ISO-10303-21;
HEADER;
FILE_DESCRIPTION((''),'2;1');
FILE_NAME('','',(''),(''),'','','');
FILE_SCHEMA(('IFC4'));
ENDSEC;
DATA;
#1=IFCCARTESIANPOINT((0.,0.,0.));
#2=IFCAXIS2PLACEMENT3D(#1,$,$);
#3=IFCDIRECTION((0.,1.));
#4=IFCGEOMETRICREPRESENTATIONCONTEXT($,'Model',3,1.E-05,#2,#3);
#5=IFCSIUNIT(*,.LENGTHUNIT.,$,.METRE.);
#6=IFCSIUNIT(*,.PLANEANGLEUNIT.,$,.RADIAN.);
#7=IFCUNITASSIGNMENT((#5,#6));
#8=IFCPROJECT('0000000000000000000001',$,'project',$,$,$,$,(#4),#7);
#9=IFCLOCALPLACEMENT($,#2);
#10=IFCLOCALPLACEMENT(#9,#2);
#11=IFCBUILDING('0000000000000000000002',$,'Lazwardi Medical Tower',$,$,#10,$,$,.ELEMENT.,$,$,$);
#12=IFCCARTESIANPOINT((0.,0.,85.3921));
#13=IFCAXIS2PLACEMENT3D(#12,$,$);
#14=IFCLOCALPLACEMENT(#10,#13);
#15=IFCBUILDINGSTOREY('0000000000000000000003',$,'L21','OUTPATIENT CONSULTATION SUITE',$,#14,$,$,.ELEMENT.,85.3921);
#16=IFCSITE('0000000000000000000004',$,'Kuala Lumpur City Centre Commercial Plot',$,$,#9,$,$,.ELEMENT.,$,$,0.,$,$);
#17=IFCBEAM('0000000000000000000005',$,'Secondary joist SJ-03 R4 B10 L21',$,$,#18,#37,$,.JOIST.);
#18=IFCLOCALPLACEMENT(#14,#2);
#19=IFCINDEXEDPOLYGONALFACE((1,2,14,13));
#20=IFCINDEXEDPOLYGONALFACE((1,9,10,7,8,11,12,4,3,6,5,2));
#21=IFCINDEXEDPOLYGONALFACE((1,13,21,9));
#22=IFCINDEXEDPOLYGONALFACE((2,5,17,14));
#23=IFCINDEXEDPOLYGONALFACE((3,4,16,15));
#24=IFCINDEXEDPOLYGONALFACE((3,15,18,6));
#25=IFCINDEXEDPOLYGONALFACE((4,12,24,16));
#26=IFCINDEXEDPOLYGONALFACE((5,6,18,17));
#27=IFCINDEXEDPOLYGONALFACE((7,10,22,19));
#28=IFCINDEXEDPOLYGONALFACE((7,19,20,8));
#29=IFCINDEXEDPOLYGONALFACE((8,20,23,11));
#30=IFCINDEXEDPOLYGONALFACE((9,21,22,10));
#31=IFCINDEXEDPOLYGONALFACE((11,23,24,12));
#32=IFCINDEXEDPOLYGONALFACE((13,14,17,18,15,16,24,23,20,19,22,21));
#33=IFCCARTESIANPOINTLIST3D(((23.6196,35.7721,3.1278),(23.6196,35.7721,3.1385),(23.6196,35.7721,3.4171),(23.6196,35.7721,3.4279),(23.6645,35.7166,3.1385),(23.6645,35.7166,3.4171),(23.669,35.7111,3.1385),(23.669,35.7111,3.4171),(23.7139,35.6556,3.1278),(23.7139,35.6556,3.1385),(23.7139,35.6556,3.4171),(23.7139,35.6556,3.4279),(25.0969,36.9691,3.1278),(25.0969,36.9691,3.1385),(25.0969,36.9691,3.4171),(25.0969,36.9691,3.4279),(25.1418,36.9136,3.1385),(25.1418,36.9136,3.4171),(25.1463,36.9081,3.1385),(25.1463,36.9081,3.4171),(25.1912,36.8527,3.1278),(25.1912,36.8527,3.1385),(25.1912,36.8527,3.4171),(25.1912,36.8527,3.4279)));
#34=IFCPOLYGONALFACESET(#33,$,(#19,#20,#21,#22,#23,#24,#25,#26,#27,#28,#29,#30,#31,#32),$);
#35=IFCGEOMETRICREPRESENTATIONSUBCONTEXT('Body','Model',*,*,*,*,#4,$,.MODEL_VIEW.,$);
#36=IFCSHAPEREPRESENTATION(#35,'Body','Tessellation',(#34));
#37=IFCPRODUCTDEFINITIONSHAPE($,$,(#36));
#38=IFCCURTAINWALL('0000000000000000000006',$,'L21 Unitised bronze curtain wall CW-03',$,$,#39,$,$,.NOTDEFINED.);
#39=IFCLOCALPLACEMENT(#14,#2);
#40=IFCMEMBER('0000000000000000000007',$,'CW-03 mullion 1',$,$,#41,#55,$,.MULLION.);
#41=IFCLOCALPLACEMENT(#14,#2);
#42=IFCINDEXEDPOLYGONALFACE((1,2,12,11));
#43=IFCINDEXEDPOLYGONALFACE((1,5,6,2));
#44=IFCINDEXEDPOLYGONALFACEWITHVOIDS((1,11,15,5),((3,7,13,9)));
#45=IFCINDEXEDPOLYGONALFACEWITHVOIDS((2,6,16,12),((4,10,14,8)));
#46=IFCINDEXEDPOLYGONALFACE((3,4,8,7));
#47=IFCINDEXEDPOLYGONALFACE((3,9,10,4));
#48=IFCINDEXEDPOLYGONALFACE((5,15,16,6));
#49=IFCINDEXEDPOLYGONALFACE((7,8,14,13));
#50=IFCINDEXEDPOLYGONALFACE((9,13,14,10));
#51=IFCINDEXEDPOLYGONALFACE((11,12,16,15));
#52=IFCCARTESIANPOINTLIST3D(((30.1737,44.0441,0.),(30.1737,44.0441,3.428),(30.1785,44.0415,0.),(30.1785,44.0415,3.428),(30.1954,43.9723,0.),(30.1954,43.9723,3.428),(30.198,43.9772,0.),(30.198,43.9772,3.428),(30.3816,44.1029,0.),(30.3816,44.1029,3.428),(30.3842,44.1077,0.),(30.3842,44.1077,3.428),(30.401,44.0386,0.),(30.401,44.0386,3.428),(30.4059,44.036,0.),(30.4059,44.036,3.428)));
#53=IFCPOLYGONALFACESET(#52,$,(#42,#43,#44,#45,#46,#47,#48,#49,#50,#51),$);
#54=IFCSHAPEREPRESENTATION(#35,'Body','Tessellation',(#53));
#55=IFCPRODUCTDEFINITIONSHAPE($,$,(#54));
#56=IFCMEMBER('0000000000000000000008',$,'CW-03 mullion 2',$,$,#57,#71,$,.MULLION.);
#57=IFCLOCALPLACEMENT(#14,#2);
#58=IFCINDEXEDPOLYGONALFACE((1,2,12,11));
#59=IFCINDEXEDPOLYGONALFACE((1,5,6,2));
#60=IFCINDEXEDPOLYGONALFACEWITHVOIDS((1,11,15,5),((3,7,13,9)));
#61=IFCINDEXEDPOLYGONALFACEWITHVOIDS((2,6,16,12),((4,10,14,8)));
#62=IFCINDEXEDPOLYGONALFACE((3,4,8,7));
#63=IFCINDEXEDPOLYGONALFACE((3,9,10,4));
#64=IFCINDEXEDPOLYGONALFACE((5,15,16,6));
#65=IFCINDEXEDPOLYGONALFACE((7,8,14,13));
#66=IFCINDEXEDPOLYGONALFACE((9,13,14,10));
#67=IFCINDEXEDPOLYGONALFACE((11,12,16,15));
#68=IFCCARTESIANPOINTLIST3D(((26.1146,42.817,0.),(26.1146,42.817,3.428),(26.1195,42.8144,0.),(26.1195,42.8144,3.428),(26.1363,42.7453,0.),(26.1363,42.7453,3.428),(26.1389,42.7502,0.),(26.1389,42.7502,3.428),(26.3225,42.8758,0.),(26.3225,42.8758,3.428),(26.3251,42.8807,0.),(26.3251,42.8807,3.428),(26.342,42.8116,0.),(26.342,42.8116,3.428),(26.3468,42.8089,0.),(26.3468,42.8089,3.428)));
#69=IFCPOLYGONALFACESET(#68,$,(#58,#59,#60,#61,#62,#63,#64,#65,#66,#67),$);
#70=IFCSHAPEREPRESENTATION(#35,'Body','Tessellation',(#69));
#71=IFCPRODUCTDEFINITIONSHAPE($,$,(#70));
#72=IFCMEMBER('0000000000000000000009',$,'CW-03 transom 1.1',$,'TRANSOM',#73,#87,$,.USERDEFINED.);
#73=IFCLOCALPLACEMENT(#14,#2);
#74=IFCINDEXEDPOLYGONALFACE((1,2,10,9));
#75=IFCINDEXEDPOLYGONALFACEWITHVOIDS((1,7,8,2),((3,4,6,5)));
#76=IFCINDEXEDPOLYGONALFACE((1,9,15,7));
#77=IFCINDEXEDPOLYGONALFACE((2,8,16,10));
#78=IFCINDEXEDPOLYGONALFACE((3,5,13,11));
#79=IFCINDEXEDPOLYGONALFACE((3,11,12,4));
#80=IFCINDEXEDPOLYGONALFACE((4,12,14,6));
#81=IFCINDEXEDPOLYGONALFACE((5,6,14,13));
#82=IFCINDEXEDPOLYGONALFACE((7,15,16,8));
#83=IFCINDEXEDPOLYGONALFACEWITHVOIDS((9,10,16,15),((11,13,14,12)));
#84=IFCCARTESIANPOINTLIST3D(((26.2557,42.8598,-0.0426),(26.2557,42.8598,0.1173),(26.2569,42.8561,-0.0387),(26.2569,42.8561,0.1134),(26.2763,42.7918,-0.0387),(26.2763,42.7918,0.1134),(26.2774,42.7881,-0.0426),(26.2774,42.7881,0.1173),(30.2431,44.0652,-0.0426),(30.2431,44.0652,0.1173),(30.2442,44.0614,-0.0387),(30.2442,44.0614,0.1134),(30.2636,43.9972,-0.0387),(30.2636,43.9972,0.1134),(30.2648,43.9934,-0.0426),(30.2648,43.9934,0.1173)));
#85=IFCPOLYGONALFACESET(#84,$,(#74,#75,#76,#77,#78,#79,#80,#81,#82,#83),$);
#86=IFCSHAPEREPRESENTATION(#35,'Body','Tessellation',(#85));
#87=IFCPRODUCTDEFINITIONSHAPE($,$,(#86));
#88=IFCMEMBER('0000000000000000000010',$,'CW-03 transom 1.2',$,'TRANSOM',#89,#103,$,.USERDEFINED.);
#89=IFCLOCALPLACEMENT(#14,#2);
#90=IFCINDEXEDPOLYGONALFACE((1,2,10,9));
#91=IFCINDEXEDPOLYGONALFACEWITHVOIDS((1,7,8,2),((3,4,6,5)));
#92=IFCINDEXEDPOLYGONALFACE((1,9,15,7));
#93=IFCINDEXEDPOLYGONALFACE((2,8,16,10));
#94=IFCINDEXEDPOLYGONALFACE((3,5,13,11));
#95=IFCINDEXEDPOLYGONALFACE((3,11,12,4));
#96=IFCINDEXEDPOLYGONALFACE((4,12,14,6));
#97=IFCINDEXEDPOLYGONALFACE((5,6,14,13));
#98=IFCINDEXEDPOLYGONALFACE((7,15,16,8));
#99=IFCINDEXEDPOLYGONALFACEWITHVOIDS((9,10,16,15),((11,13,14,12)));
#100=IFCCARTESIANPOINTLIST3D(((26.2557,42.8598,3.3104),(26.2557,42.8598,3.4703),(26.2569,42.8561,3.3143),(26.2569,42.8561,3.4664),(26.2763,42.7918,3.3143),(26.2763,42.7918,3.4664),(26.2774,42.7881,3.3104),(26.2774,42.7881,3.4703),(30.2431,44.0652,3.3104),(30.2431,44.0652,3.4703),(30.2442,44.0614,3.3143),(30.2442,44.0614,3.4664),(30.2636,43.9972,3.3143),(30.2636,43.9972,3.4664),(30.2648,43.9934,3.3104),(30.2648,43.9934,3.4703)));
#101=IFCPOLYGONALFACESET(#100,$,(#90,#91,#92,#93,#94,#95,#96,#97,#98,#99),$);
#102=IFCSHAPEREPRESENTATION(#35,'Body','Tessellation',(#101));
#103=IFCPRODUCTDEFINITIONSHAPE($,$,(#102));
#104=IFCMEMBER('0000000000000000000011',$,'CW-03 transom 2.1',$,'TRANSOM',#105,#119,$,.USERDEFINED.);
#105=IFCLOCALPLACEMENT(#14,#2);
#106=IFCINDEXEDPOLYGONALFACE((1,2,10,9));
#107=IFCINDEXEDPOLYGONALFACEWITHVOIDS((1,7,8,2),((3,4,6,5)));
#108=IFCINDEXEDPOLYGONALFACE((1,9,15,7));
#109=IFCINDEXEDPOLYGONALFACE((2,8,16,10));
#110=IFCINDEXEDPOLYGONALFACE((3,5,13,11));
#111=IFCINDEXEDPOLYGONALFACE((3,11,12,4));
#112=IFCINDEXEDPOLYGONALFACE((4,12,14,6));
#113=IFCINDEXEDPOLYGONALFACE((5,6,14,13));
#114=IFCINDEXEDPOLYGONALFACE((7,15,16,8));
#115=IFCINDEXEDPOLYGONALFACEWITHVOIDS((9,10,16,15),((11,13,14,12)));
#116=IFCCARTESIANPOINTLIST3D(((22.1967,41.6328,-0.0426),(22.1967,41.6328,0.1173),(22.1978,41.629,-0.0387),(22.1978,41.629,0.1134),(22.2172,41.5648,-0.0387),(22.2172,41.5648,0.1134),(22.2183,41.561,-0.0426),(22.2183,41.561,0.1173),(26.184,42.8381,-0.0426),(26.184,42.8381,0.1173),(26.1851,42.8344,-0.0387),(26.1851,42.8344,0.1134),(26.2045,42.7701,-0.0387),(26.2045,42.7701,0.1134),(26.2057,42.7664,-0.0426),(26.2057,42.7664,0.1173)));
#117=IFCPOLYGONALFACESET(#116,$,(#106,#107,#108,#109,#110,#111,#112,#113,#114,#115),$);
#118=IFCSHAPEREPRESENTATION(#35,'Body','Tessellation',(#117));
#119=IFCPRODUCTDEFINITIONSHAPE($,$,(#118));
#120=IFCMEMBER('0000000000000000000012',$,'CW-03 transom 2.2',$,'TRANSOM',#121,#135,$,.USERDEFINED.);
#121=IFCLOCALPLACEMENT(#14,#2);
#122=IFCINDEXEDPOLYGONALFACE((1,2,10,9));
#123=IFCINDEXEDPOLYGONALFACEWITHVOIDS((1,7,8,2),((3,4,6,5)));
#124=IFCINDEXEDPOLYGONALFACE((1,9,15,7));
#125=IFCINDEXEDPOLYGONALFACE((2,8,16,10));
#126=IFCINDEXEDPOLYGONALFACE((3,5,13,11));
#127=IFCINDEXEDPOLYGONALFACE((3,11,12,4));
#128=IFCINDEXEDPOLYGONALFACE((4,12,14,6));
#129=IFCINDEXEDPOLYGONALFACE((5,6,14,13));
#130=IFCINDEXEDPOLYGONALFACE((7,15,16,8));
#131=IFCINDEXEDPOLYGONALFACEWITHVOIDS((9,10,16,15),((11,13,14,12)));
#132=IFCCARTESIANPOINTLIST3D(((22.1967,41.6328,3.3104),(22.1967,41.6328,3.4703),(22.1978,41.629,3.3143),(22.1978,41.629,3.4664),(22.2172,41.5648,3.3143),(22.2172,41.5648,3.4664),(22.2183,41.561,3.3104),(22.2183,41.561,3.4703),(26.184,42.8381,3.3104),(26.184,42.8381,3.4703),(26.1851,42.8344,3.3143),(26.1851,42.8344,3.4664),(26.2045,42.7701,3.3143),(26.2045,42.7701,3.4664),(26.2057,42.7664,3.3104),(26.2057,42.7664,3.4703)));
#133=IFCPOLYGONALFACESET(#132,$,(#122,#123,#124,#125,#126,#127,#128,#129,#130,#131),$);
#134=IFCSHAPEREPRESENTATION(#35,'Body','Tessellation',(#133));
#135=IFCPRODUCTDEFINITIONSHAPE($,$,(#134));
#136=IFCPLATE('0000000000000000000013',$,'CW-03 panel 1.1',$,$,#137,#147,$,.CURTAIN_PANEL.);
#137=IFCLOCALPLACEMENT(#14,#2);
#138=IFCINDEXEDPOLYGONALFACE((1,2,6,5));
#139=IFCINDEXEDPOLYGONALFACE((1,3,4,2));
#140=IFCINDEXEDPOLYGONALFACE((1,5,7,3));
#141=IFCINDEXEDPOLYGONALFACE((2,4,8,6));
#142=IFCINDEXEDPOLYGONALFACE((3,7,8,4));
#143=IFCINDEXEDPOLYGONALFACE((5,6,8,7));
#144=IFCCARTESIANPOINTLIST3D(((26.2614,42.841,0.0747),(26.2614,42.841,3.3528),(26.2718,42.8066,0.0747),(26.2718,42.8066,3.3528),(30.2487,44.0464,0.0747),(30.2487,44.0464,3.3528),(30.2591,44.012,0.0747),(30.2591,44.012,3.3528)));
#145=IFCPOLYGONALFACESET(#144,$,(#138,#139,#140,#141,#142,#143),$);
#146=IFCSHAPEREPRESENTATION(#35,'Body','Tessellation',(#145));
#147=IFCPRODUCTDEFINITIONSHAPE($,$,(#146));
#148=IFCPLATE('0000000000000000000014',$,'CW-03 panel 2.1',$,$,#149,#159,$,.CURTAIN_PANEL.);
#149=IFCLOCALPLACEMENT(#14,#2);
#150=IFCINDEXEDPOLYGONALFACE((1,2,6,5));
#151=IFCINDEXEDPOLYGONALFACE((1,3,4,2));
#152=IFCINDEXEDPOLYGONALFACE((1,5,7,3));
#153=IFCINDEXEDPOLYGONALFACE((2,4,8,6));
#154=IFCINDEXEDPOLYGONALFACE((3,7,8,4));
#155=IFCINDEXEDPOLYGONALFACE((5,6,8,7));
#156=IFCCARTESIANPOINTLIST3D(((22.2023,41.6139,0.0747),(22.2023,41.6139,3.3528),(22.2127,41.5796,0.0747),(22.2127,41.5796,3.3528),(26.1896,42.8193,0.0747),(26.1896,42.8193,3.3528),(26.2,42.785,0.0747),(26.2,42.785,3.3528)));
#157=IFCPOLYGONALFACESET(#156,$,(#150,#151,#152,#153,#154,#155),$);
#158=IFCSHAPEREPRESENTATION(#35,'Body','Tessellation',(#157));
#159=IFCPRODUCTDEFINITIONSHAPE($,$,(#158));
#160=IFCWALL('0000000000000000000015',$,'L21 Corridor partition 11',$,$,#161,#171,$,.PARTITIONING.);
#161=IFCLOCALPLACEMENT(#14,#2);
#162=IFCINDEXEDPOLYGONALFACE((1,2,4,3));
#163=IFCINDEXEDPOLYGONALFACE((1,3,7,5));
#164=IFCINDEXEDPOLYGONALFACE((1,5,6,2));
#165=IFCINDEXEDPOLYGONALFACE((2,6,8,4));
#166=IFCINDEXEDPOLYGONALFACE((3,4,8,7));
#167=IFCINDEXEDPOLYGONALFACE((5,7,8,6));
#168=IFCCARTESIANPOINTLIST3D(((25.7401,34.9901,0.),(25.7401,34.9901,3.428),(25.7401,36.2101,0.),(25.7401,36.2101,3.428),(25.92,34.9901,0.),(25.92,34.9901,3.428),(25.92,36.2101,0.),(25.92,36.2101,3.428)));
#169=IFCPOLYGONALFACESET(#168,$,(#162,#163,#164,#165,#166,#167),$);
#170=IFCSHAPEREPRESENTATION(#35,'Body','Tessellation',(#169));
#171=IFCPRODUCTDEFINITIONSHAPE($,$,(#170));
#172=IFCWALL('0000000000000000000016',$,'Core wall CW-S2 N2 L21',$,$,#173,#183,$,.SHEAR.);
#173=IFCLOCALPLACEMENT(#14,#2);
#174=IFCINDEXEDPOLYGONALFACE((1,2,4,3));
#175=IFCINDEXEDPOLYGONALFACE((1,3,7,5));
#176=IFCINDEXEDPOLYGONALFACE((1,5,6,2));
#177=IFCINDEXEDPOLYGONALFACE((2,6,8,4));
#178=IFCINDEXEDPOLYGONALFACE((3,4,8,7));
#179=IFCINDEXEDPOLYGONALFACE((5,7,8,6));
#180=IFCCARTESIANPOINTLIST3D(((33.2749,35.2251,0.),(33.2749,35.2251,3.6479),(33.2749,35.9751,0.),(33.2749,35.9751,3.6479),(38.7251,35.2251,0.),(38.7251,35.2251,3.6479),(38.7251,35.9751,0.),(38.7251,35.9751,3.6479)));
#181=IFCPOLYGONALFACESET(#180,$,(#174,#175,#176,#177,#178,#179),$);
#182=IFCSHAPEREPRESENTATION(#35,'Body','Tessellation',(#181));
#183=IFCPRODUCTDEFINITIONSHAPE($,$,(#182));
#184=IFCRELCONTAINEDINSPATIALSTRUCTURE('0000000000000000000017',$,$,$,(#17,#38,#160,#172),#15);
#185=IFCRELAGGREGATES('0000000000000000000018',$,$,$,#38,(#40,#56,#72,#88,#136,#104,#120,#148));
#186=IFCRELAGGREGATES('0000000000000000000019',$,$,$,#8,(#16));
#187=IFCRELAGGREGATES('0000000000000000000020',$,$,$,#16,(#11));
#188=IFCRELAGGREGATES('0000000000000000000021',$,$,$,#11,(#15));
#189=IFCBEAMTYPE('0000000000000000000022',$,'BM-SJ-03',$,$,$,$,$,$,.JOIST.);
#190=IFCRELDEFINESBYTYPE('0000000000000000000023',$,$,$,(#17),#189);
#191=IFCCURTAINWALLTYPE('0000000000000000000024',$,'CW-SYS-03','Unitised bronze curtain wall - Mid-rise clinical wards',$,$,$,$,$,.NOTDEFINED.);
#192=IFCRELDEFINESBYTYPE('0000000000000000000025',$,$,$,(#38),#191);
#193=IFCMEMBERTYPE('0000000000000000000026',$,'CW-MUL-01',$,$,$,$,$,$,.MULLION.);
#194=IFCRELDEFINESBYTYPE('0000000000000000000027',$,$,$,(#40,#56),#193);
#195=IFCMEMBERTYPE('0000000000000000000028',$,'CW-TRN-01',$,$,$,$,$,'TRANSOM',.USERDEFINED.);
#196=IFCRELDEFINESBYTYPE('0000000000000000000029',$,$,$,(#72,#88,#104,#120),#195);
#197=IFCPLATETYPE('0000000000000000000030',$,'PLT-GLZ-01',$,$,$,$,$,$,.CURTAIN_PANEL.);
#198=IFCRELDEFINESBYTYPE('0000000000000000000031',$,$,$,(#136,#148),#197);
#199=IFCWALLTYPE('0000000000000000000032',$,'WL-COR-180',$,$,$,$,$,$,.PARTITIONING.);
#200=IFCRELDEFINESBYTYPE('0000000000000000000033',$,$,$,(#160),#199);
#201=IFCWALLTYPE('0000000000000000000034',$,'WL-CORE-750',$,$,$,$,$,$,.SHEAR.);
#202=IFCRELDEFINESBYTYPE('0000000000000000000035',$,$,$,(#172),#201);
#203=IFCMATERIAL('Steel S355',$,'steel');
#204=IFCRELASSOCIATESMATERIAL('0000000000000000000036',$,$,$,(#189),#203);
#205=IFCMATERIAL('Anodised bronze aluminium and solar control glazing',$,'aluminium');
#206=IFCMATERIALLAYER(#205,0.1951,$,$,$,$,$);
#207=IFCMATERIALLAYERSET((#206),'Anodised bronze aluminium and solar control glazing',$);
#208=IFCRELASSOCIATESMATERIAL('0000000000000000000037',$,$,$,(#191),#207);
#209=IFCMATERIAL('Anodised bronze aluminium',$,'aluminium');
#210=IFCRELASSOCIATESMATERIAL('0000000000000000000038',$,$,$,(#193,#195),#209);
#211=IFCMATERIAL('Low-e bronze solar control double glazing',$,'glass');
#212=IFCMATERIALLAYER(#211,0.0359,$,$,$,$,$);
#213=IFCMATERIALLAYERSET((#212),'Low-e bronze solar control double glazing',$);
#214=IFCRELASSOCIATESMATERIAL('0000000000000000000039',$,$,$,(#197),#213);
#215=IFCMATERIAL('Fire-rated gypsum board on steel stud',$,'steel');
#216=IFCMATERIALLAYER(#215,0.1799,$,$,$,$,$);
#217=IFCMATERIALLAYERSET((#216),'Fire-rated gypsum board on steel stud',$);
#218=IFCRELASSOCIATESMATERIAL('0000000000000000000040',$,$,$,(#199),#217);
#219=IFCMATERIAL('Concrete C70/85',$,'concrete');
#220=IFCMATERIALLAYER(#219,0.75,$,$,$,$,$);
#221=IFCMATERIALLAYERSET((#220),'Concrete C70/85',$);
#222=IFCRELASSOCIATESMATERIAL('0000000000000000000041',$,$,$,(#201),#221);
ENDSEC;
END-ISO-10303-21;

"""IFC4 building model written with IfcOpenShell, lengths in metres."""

from ifc_helpers import new_model, si_unit, direction, frame, frame_2d, origin, origin_2d, place, context, subcontext, project, spatial, rectangle, hollow_rectangle, i_section, extrude, material, layer, layer_set, material_profile, profile_set, type_object, element, aggregate, save


model = new_model("IFC4")

# Units and contexts
model_context = context("Model", 3, precision=1e-05, world=origin(), true_north=direction((0.0, 1.0)))
body_context = subcontext(model_context, "Body", "Model", "MODEL_VIEW")
ifc_project = project(units=[si_unit("LENGTHUNIT", "METRE"), si_unit("PLANEANGLEUNIT", "RADIAN")], contexts=[model_context])

# Site, building, storey
site_placement = place(None, origin())
site = spatial("IfcSite", under=ifc_project, at=site_placement, Name="Kuala Lumpur City Centre Commercial Plot", CompositionType="ELEMENT", RefElevation=0.0)
building_placement = place(site_placement, origin())
building = spatial("IfcBuilding", under=site, at=building_placement, Name="Lazwardi Medical Tower", CompositionType="ELEMENT")
storey_placement = place(building_placement, frame((0.0, 0.0, 85.3921)))
storey = spatial("IfcBuildingStorey", under=building, at=storey_placement, Name="L21", Description="OUTPATIENT CONSULTATION SUITE", CompositionType="ELEMENT", Elevation=85.3921)

# Shared definitions
ifc_material_1 = material(Name="Concrete C70/85", Category="concrete")

# Beam
ifc_material_2 = material(Name="Steel S355", Category="steel")
ifc_material_profile_1 = material_profile(ifc_material_2, i_section(OverallWidth=0.1499, OverallDepth=0.3, WebThickness=0.0071, FlangeThickness=0.0107, at=origin_2d()), Name="IPE 300")
ifc_profile_set_1 = profile_set([ifc_material_profile_1], Name="Steel S355")
beam_type_1 = type_object("IfcBeamType", Name="BM-SJ-03", PredefinedType="JOIST", material=ifc_profile_set_1)
beam_1_placement = place(storey_placement, frame((25.144, 36.9109, 3.2778), z_axis=(-0.776958, -0.629553, 0.0), x_axis=(0.629553, -0.776958, 0.0)))
element("IfcBeam", 1, at=beam_1_placement, inside=storey, type_object=beam_type_1, Name="Secondary joist SJ-03 R4 B10 L21", PredefinedType="JOIST", context=body_context, shape_type="SweptSolid", body=[
    extrude(i_section(OverallWidth=0.1499, OverallDepth=0.3, WebThickness=0.0071, FlangeThickness=0.0107, at=origin_2d()), origin(), (0.0, 0.0, 1.0), 1.9014),
])

# Curtain wall, members, plates
ifc_material_3 = material(Name="Anodised bronze aluminium and solar control glazing", Category="aluminium")
ifc_layer_1 = layer(ifc_material_3, 0.1951)
ifc_layer_set_1 = layer_set([ifc_layer_1], Name="Anodised bronze aluminium and solar control glazing")
curtain_wall_type = type_object("IfcCurtainWallType", Name="CW-SYS-03", Description="Unitised bronze curtain wall - Mid-rise clinical wards", PredefinedType="NOTDEFINED", material=ifc_layer_set_1)
curtain_wall_placement = place(storey_placement, origin())
curtain_wall = element("IfcCurtainWall", 2, at=curtain_wall_placement, inside=storey, type_object=curtain_wall_type, Name="L21 Unitised bronze curtain wall CW-03", PredefinedType="NOTDEFINED")
ifc_material_4 = material(Name="Anodised bronze aluminium", Category="aluminium")
ifc_material_profile_2 = material_profile(ifc_material_4, hollow_rectangle(XDim=0.075, YDim=0.22, WallThickness=0.0039, at=origin_2d()), Name="ALU-MULLION 220x75x4")
ifc_profile_set_2 = profile_set([ifc_material_profile_2], Name="Anodised bronze aluminium")
member_type_1 = type_object("IfcMemberType", Name="CW-MUL-01", PredefinedType="MULLION", material=ifc_profile_set_2)
member_1_placement = place(storey_placement, frame((30.2898, 44.04, 0.0), z_axis=(0.0, 0.0, 1.0), x_axis=(0.289374, -0.957216, 0.0)))
member_1 = element("IfcMember", 3, at=member_1_placement, type_object=member_type_1, Name="CW-03 mullion 1", PredefinedType="MULLION", context=body_context, shape_type="SweptSolid", body=[
    extrude(hollow_rectangle(XDim=0.075, YDim=0.22, WallThickness=0.0039, at=origin_2d()), origin(), (0.0, 0.0, 1.0), 3.428),
])
member_2_placement = place(storey_placement, frame((26.2307, 42.813, 0.0), z_axis=(0.0, 0.0, 1.0), x_axis=(0.289374, -0.957216, 0.0)))
member_2 = element("IfcMember", 4, at=member_2_placement, type_object=member_type_1, Name="CW-03 mullion 2", PredefinedType="MULLION", context=body_context, shape_type="SweptSolid", body=[
    extrude(hollow_rectangle(XDim=0.075, YDim=0.22, WallThickness=0.0039, at=origin_2d()), origin(), (0.0, 0.0, 1.0), 3.428),
])
ifc_material_profile_3 = material_profile(ifc_material_4, hollow_rectangle(XDim=0.075, YDim=0.1599, WallThickness=0.0039, at=origin_2d()), Name="ALU-TRANSOM 160x75x4")
ifc_profile_set_3 = profile_set([ifc_material_profile_3], Name="Anodised bronze aluminium")
member_type_2 = type_object("IfcMemberType", Name="CW-TRN-01", ElementType="TRANSOM", PredefinedType="USERDEFINED", material=ifc_profile_set_3)
member_3_placement = place(storey_placement, frame((30.2539, 44.0293, 0.0374), z_axis=(-0.957221, -0.289358, 0.0), x_axis=(0.289358, -0.957221, 0.0)))
member_3 = element("IfcMember", 5, at=member_3_placement, type_object=member_type_2, Name="CW-03 transom 1.1", ObjectType="TRANSOM", PredefinedType="USERDEFINED", context=body_context, shape_type="SweptSolid", body=[
    extrude(hollow_rectangle(XDim=0.075, YDim=0.1599, WallThickness=0.0039, at=origin_2d()), origin(), (0.0, 0.0, 1.0), 4.1655),
])
member_4_placement = place(storey_placement, frame((30.2539, 44.0293, 3.3904), z_axis=(-0.957221, -0.289358, 0.0), x_axis=(0.289358, -0.957221, 0.0)))
member_4 = element("IfcMember", 6, at=member_4_placement, type_object=member_type_2, Name="CW-03 transom 1.2", ObjectType="TRANSOM", PredefinedType="USERDEFINED", context=body_context, shape_type="SweptSolid", body=[
    extrude(hollow_rectangle(XDim=0.075, YDim=0.1599, WallThickness=0.0039, at=origin_2d()), origin(), (0.0, 0.0, 1.0), 4.1655),
])
member_5_placement = place(storey_placement, frame((26.1948, 42.8022, 0.0374), z_axis=(-0.957221, -0.289358, 0.0), x_axis=(0.289358, -0.957221, 0.0)))
member_5 = element("IfcMember", 7, at=member_5_placement, type_object=member_type_2, Name="CW-03 transom 2.1", ObjectType="TRANSOM", PredefinedType="USERDEFINED", context=body_context, shape_type="SweptSolid", body=[
    extrude(hollow_rectangle(XDim=0.075, YDim=0.1599, WallThickness=0.0039, at=origin_2d()), origin(), (0.0, 0.0, 1.0), 4.1655),
])
member_6_placement = place(storey_placement, frame((26.1948, 42.8022, 3.3904), z_axis=(-0.957221, -0.289358, 0.0), x_axis=(0.289358, -0.957221, 0.0)))
member_6 = element("IfcMember", 8, at=member_6_placement, type_object=member_type_2, Name="CW-03 transom 2.2", ObjectType="TRANSOM", PredefinedType="USERDEFINED", context=body_context, shape_type="SweptSolid", body=[
    extrude(hollow_rectangle(XDim=0.075, YDim=0.1599, WallThickness=0.0039, at=origin_2d()), origin(), (0.0, 0.0, 1.0), 4.1655),
])
ifc_material_5 = material(Name="Low-e bronze solar control double glazing", Category="glass")
ifc_layer_2 = layer(ifc_material_5, 0.0359)
ifc_layer_set_2 = layer_set([ifc_layer_2], Name="Low-e bronze solar control double glazing")
plate_type = type_object("IfcPlateType", Name="PLT-GLZ-01", PredefinedType="CURTAIN_PANEL", material=ifc_layer_set_2)
plate_1_placement = place(storey_placement, frame((28.2603, 43.4265, 0.0747), z_axis=(0.0, 0.0, 1.0), x_axis=(-0.957216, -0.289374, 0.0)))
plate_1 = element("IfcPlate", 9, at=plate_1_placement, type_object=plate_type, Name="CW-03 panel 1.1", PredefinedType="CURTAIN_PANEL", context=body_context, shape_type="SweptSolid", body=[
    extrude(rectangle(XDim=4.1655, YDim=0.0359, at=origin_2d()), origin(), (0.0, 0.0, 1.0), 3.2781),
])
plate_2_placement = place(storey_placement, frame((24.2012, 42.1995, 0.0747), z_axis=(0.0, 0.0, 1.0), x_axis=(-0.957216, -0.289374, 0.0)))
plate_2 = element("IfcPlate", 10, at=plate_2_placement, type_object=plate_type, Name="CW-03 panel 2.1", PredefinedType="CURTAIN_PANEL", context=body_context, shape_type="SweptSolid", body=[
    extrude(rectangle(XDim=4.1655, YDim=0.0359, at=origin_2d()), origin(), (0.0, 0.0, 1.0), 3.2781),
])
aggregate(curtain_wall, [member_1, member_2, member_3, member_4, plate_1, member_5, member_6, plate_2])

# Walls
ifc_material_6 = material(Name="Fire-rated gypsum board on steel stud", Category="steel")
ifc_layer_3 = layer(ifc_material_6, 0.1799)
ifc_layer_set_3 = layer_set([ifc_layer_3], Name="Fire-rated gypsum board on steel stud")
wall_type_1 = type_object("IfcWallType", Name="WL-COR-180", PredefinedType="PARTITIONING", material=ifc_layer_set_3)
wall_1_placement = place(storey_placement, frame((25.8301, 36.21, 0.0), z_axis=(0.0, 0.0, 1.0), x_axis=(0.0, -1.0, 0.0)))
element("IfcWall", 11, at=wall_1_placement, inside=storey, type_object=wall_type_1, Name="L21 Corridor partition 11", PredefinedType="PARTITIONING", context=body_context, shape_type="SweptSolid", body=[
    extrude(rectangle(XDim=1.22, YDim=0.1799, at=frame_2d((0.6099, 0.0))), origin(), (0.0, 0.0, 1.0), 3.428),
])
ifc_layer_4 = layer(ifc_material_1, 0.75)
ifc_layer_set_4 = layer_set([ifc_layer_4], Name="Concrete C70/85")
wall_type_2 = type_object("IfcWallType", Name="WL-CORE-750", PredefinedType="SHEAR", material=ifc_layer_set_4)
wall_2_placement = place(storey_placement, frame((33.2749, 35.6001, 0.0), z_axis=(0.0, 0.0, 1.0), x_axis=(1.0, 0.0, 0.0)))
element("IfcWall", 12, at=wall_2_placement, inside=storey, type_object=wall_type_2, Name="Core wall CW-S2 N2 L21", PredefinedType="SHEAR", context=body_context, shape_type="SweptSolid", body=[
    extrude(rectangle(XDim=5.4502, YDim=0.75, at=frame_2d((2.7251, 0.0))), origin(), (0.0, 0.0, 1.0), 3.6479),
])

save(model, "model.ifc")
